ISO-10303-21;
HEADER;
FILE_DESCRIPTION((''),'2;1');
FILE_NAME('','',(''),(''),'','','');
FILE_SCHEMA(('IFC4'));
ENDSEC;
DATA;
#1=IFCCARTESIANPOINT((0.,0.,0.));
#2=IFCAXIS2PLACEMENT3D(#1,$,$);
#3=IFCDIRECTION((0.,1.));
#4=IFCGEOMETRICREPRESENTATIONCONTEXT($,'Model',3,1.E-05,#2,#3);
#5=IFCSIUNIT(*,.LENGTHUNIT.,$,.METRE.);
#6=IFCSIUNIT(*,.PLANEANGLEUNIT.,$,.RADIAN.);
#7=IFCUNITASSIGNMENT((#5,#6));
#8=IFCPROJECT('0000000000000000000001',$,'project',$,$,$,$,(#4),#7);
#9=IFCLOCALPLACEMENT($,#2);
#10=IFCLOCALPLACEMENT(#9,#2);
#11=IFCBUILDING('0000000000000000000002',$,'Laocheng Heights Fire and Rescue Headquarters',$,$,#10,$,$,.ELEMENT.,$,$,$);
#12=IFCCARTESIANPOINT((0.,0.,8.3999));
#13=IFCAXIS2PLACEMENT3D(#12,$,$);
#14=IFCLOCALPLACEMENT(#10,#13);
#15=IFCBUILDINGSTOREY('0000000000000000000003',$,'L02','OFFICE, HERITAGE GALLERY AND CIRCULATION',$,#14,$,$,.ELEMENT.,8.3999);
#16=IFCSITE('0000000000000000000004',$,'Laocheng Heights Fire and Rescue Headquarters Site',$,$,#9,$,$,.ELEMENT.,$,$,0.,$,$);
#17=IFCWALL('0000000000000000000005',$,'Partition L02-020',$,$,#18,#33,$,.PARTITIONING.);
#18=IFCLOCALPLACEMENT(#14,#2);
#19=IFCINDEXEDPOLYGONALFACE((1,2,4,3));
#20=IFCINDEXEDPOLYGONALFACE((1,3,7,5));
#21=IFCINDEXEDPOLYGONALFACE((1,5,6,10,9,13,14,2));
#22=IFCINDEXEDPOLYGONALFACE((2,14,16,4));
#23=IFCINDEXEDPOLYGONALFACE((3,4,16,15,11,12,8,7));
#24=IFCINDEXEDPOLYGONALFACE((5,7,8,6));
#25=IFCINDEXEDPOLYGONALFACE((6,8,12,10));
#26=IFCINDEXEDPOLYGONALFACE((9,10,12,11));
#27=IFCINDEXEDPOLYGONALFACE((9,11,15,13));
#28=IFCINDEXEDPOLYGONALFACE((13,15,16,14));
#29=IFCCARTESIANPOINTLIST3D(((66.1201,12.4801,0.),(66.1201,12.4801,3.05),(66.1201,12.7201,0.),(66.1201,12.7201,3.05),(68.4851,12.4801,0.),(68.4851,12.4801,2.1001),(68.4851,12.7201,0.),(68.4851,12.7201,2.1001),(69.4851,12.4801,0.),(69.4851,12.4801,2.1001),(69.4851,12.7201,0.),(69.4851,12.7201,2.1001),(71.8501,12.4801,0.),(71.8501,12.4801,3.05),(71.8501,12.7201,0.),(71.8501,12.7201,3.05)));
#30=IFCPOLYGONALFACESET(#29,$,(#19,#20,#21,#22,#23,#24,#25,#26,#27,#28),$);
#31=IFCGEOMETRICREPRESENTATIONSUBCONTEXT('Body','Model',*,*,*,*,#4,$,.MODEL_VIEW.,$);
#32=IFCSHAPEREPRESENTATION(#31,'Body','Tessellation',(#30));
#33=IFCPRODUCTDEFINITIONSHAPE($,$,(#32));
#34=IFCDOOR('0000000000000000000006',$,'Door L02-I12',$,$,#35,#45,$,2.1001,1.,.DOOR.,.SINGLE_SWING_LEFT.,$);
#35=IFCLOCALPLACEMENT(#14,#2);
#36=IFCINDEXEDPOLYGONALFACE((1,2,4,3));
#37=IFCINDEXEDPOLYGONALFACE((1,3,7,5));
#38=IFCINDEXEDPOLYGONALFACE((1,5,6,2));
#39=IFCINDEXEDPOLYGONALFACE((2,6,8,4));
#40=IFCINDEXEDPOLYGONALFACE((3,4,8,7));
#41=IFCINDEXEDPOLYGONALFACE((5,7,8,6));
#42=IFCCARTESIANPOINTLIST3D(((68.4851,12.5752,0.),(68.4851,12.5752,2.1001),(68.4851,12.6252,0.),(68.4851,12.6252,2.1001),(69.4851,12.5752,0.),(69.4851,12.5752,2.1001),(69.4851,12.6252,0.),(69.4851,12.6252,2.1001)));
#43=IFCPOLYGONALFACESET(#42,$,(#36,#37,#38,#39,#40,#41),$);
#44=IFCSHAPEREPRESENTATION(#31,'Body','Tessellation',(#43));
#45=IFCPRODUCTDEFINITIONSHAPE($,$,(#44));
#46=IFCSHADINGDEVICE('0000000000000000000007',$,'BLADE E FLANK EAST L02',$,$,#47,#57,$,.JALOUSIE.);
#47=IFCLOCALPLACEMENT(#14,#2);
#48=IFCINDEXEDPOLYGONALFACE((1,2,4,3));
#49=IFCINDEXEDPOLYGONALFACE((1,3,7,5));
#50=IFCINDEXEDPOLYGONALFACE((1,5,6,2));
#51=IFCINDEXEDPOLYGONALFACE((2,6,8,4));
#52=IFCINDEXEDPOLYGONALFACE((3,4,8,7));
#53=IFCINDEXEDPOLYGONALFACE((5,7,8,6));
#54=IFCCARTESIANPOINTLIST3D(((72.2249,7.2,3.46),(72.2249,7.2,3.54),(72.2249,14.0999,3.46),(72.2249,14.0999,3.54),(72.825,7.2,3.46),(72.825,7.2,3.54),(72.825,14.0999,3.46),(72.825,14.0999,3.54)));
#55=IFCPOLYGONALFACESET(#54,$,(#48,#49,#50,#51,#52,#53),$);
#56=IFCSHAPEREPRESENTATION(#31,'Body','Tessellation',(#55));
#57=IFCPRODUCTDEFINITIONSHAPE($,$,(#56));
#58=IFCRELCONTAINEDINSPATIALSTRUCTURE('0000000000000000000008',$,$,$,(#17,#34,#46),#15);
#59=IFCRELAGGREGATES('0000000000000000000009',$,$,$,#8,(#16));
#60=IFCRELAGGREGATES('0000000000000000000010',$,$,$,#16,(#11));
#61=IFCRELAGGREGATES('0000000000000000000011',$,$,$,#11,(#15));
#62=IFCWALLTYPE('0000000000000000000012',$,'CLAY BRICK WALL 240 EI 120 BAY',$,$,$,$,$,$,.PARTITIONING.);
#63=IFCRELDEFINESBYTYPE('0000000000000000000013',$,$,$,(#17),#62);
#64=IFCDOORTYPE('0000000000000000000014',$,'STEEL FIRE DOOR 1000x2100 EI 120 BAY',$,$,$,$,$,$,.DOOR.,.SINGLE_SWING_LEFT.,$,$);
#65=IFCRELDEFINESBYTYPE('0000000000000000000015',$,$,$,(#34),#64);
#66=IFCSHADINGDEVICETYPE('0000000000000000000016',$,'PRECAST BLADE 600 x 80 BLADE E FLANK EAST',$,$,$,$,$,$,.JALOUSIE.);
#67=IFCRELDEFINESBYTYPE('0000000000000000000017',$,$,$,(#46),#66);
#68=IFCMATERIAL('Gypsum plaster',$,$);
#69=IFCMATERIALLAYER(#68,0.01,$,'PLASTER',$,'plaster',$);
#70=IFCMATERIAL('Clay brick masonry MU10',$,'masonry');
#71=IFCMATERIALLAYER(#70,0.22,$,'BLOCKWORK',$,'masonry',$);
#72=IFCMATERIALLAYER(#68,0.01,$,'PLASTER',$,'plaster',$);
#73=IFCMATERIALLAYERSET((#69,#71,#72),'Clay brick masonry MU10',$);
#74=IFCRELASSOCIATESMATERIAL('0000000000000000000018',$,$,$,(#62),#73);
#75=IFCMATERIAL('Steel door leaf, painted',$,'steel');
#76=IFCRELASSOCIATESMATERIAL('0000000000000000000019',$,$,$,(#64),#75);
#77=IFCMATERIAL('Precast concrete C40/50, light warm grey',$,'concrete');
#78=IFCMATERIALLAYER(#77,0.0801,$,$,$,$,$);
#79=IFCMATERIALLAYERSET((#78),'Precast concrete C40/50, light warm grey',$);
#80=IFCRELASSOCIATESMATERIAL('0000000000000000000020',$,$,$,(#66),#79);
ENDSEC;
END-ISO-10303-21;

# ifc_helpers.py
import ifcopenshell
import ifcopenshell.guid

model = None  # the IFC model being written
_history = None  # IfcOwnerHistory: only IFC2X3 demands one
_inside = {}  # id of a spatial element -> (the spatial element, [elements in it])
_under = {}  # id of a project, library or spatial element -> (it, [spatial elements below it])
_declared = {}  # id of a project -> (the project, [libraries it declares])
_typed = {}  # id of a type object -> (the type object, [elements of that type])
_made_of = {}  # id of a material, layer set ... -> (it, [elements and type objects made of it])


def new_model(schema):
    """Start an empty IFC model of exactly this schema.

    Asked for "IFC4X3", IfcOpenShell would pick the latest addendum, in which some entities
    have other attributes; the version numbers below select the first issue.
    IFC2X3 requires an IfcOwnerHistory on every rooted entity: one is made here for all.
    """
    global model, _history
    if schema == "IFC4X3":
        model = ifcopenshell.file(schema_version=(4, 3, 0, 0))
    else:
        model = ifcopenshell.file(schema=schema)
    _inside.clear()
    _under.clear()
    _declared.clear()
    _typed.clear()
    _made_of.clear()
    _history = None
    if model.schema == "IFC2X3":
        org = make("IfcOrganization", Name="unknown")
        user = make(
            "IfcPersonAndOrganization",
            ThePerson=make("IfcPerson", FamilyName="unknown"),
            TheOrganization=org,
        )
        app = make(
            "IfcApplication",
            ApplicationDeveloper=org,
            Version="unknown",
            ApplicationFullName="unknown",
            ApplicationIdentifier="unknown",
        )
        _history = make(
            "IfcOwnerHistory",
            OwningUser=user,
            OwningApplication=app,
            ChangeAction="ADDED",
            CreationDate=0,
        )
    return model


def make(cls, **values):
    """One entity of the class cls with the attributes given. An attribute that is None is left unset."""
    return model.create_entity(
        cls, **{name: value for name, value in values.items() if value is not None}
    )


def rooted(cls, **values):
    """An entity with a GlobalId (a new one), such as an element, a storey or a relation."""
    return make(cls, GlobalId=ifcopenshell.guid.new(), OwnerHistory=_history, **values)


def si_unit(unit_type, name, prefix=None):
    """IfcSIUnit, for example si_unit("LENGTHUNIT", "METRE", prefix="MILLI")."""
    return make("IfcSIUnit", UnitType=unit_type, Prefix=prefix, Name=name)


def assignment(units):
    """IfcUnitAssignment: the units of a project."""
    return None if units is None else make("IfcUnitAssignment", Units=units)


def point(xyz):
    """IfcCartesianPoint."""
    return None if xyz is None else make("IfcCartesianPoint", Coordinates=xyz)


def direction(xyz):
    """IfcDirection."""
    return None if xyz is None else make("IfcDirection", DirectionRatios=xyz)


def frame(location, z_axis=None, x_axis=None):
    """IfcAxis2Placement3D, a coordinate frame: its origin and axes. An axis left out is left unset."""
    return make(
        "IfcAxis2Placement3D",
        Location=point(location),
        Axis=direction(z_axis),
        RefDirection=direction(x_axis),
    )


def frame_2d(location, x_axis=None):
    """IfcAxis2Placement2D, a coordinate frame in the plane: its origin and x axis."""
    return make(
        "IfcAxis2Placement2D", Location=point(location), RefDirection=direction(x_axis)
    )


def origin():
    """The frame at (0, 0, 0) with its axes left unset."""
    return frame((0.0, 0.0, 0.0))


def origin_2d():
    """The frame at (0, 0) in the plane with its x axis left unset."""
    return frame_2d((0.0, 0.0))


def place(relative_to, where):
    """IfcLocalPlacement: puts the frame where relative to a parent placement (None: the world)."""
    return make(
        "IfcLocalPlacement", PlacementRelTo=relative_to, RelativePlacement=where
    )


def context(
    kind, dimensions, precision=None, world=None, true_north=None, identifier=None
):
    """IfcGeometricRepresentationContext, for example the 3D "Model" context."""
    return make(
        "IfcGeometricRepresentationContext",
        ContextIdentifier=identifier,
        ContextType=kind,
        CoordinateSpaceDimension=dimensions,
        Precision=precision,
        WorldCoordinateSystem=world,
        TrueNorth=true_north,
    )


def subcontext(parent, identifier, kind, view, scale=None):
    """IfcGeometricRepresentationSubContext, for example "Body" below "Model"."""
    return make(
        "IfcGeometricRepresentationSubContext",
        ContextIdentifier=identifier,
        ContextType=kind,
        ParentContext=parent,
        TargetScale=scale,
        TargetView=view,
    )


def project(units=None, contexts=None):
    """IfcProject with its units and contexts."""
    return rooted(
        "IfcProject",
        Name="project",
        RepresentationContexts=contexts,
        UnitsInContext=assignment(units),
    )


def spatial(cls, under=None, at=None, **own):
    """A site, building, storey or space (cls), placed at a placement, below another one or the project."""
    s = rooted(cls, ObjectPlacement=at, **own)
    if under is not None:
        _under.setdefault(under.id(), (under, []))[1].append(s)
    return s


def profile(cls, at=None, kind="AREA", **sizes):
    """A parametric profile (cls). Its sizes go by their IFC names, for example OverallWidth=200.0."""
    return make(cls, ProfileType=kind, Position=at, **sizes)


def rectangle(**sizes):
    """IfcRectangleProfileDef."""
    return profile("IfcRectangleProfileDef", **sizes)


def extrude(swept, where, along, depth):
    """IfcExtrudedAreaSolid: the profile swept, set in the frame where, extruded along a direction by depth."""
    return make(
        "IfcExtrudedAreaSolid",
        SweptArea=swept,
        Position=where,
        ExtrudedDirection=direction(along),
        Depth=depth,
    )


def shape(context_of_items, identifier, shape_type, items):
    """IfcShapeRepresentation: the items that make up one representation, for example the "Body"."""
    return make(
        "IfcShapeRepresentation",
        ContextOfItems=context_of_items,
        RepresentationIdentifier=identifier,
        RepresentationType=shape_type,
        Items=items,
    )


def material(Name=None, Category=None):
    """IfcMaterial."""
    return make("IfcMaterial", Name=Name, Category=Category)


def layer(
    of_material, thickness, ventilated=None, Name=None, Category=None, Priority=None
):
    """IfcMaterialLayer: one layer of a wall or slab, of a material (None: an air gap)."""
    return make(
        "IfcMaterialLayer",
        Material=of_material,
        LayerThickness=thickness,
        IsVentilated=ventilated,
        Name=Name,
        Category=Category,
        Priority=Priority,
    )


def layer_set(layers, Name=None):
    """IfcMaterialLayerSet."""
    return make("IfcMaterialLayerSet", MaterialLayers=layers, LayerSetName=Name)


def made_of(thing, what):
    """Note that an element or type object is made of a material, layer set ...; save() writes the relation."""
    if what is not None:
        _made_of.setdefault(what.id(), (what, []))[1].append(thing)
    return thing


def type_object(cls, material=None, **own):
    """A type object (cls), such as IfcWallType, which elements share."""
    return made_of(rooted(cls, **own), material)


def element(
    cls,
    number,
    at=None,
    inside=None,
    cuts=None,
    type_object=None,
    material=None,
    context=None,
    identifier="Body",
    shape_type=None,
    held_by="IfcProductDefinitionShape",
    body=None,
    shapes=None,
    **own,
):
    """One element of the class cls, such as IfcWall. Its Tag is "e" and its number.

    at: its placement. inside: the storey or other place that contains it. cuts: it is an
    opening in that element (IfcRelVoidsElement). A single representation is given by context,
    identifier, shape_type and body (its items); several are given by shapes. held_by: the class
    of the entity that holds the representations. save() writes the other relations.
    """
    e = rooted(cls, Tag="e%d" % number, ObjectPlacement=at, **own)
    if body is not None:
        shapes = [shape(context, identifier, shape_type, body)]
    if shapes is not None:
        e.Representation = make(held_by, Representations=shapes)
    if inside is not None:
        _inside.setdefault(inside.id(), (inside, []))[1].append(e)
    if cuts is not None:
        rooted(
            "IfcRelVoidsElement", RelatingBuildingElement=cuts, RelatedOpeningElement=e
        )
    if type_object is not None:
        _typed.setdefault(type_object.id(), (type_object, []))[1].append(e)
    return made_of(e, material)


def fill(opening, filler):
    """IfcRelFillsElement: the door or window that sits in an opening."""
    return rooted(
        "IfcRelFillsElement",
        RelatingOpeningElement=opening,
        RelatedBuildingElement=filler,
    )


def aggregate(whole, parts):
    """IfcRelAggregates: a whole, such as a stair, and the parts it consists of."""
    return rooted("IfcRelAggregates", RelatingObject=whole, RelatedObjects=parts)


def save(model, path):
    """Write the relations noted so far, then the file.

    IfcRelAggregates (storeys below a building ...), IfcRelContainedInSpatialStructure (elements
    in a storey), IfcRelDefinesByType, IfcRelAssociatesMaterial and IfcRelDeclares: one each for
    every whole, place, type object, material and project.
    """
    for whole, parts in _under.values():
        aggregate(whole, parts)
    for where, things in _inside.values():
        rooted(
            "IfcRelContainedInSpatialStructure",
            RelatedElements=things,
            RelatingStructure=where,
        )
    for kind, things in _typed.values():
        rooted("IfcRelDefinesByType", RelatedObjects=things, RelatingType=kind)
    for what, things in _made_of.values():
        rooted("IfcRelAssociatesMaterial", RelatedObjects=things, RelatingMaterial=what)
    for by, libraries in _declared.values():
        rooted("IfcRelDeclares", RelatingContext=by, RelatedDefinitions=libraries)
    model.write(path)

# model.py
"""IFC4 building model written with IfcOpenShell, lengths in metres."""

from ifc_helpers import new_model, si_unit, direction, frame, frame_2d, origin, origin_2d, place, context, subcontext, project, spatial, rectangle, extrude, material, layer, layer_set, type_object, element, fill, save


model = new_model("IFC4")

# Units and contexts
model_context = context("Model", 3, precision=1e-05, world=origin(), true_north=direction((0.0, 1.0)))
body_context = subcontext(model_context, "Body", "Model", "MODEL_VIEW")
ifc_project = project(units=[si_unit("LENGTHUNIT", "METRE"), si_unit("PLANEANGLEUNIT", "RADIAN")], contexts=[model_context])

# Site, building, storey
site_placement = place(None, origin())
site = spatial("IfcSite", under=ifc_project, at=site_placement, Name="Laocheng Heights Fire and Rescue Headquarters Site", CompositionType="ELEMENT", RefElevation=0.0)
building_placement = place(site_placement, origin())
building = spatial("IfcBuilding", under=site, at=building_placement, Name="Laocheng Heights Fire and Rescue Headquarters", CompositionType="ELEMENT")
storey_placement = place(building_placement, frame((0.0, 0.0, 8.3999)))
storey = spatial("IfcBuildingStorey", under=building, at=storey_placement, Name="L02", Description="OFFICE, HERITAGE GALLERY AND CIRCULATION", CompositionType="ELEMENT", Elevation=8.3999)

# Wall, opening, door
ifc_material_1 = material(Name="Gypsum plaster")
ifc_layer_1 = layer(ifc_material_1, 0.01, Name="PLASTER", Category="plaster")
ifc_material_2 = material(Name="Clay brick masonry MU10", Category="masonry")
ifc_layer_2 = layer(ifc_material_2, 0.22, Name="BLOCKWORK", Category="masonry")
ifc_layer_3 = layer(ifc_material_1, 0.01, Name="PLASTER", Category="plaster")
ifc_layer_set_1 = layer_set([ifc_layer_1, ifc_layer_2, ifc_layer_3], Name="Clay brick masonry MU10")
wall_type_1 = type_object("IfcWallType", Name="CLAY BRICK WALL 240 EI 120 BAY", PredefinedType="PARTITIONING", material=ifc_layer_set_1)
wall_1_placement = place(storey_placement, frame((66.1201, 12.6001, 0.0), z_axis=(0.0, 0.0, 1.0), x_axis=(1.0, 0.0, 0.0)))
wall_1 = element("IfcWall", 1, at=wall_1_placement, inside=storey, type_object=wall_type_1, Name="Partition L02-020", PredefinedType="PARTITIONING", context=body_context, shape_type="SweptSolid", body=[
    extrude(rectangle(XDim=5.73, YDim=0.24, at=frame_2d((2.865, 0.0))), origin(), (0.0, 0.0, 1.0), 3.05),
])
opening_1_placement = place(wall_1_placement, frame((2.365, 0.0, 0.0)))
opening_1 = element("IfcOpeningElement", 2, at=opening_1_placement, cuts=wall_1, PredefinedType="OPENING", context=body_context, shape_type="SweptSolid", body=[
    extrude(rectangle(XDim=1.0, YDim=2.1001, at=frame_2d((0.5, 1.05))), frame((0.0, 0.1299, 0.0), z_axis=(0.0, -1.0, 0.0), x_axis=(1.0, 0.0, 0.0)), (0.0, 0.0, 1.0), 0.26),
])
ifc_material_3 = material(Name="Steel door leaf, painted", Category="steel")
door_type_1 = type_object("IfcDoorType", Name="STEEL FIRE DOOR 1000x2100 EI 120 BAY", OperationType="SINGLE_SWING_LEFT", PredefinedType="DOOR", material=ifc_material_3)
door_1_placement = place(opening_1_placement, frame((1.0, 0.0, 0.0), z_axis=(0.0, 0.0, 1.0), x_axis=(-1.0, 0.0, 0.0)))
door_1 = element("IfcDoor", 3, at=door_1_placement, inside=storey, type_object=door_type_1, Name="Door L02-I12", OperationType="SINGLE_SWING_LEFT", OverallHeight=2.1001, OverallWidth=1.0, PredefinedType="DOOR", context=body_context, shape_type="SweptSolid", body=[
    extrude(rectangle(XDim=1.0, YDim=2.1001, at=frame_2d((0.5, 1.05))), frame((0.0, 0.0249, 0.0), z_axis=(0.0, -1.0, 0.0), x_axis=(1.0, 0.0, 0.0)), (0.0, 0.0, 1.0), 0.05),
])
fill(opening_1, door_1)

# Shading device
ifc_material_4 = material(Name="Precast concrete C40/50, light warm grey", Category="concrete")
ifc_layer_4 = layer(ifc_material_4, 0.0801)
ifc_layer_set_2 = layer_set([ifc_layer_4], Name="Precast concrete C40/50, light warm grey")
shading_device_type = type_object("IfcShadingDeviceType", Name="PRECAST BLADE 600 x 80 BLADE E FLANK EAST", PredefinedType="JALOUSIE", material=ifc_layer_set_2)
shading_device_placement = place(storey_placement, frame((72.5249, 10.6499, 3.46), z_axis=(0.0, 0.0, 1.0), x_axis=(1.0, 0.0, 0.0)))
element("IfcShadingDevice", 4, at=shading_device_placement, inside=storey, type_object=shading_device_type, Name="BLADE E FLANK EAST L02", PredefinedType="JALOUSIE", context=body_context, shape_type="SweptSolid", body=[
    extrude(rectangle(XDim=0.6001, YDim=6.8999, at=origin_2d()), origin(), (0.0, 0.0, 1.0), 0.0801),
])

save(model, "model.ifc")
